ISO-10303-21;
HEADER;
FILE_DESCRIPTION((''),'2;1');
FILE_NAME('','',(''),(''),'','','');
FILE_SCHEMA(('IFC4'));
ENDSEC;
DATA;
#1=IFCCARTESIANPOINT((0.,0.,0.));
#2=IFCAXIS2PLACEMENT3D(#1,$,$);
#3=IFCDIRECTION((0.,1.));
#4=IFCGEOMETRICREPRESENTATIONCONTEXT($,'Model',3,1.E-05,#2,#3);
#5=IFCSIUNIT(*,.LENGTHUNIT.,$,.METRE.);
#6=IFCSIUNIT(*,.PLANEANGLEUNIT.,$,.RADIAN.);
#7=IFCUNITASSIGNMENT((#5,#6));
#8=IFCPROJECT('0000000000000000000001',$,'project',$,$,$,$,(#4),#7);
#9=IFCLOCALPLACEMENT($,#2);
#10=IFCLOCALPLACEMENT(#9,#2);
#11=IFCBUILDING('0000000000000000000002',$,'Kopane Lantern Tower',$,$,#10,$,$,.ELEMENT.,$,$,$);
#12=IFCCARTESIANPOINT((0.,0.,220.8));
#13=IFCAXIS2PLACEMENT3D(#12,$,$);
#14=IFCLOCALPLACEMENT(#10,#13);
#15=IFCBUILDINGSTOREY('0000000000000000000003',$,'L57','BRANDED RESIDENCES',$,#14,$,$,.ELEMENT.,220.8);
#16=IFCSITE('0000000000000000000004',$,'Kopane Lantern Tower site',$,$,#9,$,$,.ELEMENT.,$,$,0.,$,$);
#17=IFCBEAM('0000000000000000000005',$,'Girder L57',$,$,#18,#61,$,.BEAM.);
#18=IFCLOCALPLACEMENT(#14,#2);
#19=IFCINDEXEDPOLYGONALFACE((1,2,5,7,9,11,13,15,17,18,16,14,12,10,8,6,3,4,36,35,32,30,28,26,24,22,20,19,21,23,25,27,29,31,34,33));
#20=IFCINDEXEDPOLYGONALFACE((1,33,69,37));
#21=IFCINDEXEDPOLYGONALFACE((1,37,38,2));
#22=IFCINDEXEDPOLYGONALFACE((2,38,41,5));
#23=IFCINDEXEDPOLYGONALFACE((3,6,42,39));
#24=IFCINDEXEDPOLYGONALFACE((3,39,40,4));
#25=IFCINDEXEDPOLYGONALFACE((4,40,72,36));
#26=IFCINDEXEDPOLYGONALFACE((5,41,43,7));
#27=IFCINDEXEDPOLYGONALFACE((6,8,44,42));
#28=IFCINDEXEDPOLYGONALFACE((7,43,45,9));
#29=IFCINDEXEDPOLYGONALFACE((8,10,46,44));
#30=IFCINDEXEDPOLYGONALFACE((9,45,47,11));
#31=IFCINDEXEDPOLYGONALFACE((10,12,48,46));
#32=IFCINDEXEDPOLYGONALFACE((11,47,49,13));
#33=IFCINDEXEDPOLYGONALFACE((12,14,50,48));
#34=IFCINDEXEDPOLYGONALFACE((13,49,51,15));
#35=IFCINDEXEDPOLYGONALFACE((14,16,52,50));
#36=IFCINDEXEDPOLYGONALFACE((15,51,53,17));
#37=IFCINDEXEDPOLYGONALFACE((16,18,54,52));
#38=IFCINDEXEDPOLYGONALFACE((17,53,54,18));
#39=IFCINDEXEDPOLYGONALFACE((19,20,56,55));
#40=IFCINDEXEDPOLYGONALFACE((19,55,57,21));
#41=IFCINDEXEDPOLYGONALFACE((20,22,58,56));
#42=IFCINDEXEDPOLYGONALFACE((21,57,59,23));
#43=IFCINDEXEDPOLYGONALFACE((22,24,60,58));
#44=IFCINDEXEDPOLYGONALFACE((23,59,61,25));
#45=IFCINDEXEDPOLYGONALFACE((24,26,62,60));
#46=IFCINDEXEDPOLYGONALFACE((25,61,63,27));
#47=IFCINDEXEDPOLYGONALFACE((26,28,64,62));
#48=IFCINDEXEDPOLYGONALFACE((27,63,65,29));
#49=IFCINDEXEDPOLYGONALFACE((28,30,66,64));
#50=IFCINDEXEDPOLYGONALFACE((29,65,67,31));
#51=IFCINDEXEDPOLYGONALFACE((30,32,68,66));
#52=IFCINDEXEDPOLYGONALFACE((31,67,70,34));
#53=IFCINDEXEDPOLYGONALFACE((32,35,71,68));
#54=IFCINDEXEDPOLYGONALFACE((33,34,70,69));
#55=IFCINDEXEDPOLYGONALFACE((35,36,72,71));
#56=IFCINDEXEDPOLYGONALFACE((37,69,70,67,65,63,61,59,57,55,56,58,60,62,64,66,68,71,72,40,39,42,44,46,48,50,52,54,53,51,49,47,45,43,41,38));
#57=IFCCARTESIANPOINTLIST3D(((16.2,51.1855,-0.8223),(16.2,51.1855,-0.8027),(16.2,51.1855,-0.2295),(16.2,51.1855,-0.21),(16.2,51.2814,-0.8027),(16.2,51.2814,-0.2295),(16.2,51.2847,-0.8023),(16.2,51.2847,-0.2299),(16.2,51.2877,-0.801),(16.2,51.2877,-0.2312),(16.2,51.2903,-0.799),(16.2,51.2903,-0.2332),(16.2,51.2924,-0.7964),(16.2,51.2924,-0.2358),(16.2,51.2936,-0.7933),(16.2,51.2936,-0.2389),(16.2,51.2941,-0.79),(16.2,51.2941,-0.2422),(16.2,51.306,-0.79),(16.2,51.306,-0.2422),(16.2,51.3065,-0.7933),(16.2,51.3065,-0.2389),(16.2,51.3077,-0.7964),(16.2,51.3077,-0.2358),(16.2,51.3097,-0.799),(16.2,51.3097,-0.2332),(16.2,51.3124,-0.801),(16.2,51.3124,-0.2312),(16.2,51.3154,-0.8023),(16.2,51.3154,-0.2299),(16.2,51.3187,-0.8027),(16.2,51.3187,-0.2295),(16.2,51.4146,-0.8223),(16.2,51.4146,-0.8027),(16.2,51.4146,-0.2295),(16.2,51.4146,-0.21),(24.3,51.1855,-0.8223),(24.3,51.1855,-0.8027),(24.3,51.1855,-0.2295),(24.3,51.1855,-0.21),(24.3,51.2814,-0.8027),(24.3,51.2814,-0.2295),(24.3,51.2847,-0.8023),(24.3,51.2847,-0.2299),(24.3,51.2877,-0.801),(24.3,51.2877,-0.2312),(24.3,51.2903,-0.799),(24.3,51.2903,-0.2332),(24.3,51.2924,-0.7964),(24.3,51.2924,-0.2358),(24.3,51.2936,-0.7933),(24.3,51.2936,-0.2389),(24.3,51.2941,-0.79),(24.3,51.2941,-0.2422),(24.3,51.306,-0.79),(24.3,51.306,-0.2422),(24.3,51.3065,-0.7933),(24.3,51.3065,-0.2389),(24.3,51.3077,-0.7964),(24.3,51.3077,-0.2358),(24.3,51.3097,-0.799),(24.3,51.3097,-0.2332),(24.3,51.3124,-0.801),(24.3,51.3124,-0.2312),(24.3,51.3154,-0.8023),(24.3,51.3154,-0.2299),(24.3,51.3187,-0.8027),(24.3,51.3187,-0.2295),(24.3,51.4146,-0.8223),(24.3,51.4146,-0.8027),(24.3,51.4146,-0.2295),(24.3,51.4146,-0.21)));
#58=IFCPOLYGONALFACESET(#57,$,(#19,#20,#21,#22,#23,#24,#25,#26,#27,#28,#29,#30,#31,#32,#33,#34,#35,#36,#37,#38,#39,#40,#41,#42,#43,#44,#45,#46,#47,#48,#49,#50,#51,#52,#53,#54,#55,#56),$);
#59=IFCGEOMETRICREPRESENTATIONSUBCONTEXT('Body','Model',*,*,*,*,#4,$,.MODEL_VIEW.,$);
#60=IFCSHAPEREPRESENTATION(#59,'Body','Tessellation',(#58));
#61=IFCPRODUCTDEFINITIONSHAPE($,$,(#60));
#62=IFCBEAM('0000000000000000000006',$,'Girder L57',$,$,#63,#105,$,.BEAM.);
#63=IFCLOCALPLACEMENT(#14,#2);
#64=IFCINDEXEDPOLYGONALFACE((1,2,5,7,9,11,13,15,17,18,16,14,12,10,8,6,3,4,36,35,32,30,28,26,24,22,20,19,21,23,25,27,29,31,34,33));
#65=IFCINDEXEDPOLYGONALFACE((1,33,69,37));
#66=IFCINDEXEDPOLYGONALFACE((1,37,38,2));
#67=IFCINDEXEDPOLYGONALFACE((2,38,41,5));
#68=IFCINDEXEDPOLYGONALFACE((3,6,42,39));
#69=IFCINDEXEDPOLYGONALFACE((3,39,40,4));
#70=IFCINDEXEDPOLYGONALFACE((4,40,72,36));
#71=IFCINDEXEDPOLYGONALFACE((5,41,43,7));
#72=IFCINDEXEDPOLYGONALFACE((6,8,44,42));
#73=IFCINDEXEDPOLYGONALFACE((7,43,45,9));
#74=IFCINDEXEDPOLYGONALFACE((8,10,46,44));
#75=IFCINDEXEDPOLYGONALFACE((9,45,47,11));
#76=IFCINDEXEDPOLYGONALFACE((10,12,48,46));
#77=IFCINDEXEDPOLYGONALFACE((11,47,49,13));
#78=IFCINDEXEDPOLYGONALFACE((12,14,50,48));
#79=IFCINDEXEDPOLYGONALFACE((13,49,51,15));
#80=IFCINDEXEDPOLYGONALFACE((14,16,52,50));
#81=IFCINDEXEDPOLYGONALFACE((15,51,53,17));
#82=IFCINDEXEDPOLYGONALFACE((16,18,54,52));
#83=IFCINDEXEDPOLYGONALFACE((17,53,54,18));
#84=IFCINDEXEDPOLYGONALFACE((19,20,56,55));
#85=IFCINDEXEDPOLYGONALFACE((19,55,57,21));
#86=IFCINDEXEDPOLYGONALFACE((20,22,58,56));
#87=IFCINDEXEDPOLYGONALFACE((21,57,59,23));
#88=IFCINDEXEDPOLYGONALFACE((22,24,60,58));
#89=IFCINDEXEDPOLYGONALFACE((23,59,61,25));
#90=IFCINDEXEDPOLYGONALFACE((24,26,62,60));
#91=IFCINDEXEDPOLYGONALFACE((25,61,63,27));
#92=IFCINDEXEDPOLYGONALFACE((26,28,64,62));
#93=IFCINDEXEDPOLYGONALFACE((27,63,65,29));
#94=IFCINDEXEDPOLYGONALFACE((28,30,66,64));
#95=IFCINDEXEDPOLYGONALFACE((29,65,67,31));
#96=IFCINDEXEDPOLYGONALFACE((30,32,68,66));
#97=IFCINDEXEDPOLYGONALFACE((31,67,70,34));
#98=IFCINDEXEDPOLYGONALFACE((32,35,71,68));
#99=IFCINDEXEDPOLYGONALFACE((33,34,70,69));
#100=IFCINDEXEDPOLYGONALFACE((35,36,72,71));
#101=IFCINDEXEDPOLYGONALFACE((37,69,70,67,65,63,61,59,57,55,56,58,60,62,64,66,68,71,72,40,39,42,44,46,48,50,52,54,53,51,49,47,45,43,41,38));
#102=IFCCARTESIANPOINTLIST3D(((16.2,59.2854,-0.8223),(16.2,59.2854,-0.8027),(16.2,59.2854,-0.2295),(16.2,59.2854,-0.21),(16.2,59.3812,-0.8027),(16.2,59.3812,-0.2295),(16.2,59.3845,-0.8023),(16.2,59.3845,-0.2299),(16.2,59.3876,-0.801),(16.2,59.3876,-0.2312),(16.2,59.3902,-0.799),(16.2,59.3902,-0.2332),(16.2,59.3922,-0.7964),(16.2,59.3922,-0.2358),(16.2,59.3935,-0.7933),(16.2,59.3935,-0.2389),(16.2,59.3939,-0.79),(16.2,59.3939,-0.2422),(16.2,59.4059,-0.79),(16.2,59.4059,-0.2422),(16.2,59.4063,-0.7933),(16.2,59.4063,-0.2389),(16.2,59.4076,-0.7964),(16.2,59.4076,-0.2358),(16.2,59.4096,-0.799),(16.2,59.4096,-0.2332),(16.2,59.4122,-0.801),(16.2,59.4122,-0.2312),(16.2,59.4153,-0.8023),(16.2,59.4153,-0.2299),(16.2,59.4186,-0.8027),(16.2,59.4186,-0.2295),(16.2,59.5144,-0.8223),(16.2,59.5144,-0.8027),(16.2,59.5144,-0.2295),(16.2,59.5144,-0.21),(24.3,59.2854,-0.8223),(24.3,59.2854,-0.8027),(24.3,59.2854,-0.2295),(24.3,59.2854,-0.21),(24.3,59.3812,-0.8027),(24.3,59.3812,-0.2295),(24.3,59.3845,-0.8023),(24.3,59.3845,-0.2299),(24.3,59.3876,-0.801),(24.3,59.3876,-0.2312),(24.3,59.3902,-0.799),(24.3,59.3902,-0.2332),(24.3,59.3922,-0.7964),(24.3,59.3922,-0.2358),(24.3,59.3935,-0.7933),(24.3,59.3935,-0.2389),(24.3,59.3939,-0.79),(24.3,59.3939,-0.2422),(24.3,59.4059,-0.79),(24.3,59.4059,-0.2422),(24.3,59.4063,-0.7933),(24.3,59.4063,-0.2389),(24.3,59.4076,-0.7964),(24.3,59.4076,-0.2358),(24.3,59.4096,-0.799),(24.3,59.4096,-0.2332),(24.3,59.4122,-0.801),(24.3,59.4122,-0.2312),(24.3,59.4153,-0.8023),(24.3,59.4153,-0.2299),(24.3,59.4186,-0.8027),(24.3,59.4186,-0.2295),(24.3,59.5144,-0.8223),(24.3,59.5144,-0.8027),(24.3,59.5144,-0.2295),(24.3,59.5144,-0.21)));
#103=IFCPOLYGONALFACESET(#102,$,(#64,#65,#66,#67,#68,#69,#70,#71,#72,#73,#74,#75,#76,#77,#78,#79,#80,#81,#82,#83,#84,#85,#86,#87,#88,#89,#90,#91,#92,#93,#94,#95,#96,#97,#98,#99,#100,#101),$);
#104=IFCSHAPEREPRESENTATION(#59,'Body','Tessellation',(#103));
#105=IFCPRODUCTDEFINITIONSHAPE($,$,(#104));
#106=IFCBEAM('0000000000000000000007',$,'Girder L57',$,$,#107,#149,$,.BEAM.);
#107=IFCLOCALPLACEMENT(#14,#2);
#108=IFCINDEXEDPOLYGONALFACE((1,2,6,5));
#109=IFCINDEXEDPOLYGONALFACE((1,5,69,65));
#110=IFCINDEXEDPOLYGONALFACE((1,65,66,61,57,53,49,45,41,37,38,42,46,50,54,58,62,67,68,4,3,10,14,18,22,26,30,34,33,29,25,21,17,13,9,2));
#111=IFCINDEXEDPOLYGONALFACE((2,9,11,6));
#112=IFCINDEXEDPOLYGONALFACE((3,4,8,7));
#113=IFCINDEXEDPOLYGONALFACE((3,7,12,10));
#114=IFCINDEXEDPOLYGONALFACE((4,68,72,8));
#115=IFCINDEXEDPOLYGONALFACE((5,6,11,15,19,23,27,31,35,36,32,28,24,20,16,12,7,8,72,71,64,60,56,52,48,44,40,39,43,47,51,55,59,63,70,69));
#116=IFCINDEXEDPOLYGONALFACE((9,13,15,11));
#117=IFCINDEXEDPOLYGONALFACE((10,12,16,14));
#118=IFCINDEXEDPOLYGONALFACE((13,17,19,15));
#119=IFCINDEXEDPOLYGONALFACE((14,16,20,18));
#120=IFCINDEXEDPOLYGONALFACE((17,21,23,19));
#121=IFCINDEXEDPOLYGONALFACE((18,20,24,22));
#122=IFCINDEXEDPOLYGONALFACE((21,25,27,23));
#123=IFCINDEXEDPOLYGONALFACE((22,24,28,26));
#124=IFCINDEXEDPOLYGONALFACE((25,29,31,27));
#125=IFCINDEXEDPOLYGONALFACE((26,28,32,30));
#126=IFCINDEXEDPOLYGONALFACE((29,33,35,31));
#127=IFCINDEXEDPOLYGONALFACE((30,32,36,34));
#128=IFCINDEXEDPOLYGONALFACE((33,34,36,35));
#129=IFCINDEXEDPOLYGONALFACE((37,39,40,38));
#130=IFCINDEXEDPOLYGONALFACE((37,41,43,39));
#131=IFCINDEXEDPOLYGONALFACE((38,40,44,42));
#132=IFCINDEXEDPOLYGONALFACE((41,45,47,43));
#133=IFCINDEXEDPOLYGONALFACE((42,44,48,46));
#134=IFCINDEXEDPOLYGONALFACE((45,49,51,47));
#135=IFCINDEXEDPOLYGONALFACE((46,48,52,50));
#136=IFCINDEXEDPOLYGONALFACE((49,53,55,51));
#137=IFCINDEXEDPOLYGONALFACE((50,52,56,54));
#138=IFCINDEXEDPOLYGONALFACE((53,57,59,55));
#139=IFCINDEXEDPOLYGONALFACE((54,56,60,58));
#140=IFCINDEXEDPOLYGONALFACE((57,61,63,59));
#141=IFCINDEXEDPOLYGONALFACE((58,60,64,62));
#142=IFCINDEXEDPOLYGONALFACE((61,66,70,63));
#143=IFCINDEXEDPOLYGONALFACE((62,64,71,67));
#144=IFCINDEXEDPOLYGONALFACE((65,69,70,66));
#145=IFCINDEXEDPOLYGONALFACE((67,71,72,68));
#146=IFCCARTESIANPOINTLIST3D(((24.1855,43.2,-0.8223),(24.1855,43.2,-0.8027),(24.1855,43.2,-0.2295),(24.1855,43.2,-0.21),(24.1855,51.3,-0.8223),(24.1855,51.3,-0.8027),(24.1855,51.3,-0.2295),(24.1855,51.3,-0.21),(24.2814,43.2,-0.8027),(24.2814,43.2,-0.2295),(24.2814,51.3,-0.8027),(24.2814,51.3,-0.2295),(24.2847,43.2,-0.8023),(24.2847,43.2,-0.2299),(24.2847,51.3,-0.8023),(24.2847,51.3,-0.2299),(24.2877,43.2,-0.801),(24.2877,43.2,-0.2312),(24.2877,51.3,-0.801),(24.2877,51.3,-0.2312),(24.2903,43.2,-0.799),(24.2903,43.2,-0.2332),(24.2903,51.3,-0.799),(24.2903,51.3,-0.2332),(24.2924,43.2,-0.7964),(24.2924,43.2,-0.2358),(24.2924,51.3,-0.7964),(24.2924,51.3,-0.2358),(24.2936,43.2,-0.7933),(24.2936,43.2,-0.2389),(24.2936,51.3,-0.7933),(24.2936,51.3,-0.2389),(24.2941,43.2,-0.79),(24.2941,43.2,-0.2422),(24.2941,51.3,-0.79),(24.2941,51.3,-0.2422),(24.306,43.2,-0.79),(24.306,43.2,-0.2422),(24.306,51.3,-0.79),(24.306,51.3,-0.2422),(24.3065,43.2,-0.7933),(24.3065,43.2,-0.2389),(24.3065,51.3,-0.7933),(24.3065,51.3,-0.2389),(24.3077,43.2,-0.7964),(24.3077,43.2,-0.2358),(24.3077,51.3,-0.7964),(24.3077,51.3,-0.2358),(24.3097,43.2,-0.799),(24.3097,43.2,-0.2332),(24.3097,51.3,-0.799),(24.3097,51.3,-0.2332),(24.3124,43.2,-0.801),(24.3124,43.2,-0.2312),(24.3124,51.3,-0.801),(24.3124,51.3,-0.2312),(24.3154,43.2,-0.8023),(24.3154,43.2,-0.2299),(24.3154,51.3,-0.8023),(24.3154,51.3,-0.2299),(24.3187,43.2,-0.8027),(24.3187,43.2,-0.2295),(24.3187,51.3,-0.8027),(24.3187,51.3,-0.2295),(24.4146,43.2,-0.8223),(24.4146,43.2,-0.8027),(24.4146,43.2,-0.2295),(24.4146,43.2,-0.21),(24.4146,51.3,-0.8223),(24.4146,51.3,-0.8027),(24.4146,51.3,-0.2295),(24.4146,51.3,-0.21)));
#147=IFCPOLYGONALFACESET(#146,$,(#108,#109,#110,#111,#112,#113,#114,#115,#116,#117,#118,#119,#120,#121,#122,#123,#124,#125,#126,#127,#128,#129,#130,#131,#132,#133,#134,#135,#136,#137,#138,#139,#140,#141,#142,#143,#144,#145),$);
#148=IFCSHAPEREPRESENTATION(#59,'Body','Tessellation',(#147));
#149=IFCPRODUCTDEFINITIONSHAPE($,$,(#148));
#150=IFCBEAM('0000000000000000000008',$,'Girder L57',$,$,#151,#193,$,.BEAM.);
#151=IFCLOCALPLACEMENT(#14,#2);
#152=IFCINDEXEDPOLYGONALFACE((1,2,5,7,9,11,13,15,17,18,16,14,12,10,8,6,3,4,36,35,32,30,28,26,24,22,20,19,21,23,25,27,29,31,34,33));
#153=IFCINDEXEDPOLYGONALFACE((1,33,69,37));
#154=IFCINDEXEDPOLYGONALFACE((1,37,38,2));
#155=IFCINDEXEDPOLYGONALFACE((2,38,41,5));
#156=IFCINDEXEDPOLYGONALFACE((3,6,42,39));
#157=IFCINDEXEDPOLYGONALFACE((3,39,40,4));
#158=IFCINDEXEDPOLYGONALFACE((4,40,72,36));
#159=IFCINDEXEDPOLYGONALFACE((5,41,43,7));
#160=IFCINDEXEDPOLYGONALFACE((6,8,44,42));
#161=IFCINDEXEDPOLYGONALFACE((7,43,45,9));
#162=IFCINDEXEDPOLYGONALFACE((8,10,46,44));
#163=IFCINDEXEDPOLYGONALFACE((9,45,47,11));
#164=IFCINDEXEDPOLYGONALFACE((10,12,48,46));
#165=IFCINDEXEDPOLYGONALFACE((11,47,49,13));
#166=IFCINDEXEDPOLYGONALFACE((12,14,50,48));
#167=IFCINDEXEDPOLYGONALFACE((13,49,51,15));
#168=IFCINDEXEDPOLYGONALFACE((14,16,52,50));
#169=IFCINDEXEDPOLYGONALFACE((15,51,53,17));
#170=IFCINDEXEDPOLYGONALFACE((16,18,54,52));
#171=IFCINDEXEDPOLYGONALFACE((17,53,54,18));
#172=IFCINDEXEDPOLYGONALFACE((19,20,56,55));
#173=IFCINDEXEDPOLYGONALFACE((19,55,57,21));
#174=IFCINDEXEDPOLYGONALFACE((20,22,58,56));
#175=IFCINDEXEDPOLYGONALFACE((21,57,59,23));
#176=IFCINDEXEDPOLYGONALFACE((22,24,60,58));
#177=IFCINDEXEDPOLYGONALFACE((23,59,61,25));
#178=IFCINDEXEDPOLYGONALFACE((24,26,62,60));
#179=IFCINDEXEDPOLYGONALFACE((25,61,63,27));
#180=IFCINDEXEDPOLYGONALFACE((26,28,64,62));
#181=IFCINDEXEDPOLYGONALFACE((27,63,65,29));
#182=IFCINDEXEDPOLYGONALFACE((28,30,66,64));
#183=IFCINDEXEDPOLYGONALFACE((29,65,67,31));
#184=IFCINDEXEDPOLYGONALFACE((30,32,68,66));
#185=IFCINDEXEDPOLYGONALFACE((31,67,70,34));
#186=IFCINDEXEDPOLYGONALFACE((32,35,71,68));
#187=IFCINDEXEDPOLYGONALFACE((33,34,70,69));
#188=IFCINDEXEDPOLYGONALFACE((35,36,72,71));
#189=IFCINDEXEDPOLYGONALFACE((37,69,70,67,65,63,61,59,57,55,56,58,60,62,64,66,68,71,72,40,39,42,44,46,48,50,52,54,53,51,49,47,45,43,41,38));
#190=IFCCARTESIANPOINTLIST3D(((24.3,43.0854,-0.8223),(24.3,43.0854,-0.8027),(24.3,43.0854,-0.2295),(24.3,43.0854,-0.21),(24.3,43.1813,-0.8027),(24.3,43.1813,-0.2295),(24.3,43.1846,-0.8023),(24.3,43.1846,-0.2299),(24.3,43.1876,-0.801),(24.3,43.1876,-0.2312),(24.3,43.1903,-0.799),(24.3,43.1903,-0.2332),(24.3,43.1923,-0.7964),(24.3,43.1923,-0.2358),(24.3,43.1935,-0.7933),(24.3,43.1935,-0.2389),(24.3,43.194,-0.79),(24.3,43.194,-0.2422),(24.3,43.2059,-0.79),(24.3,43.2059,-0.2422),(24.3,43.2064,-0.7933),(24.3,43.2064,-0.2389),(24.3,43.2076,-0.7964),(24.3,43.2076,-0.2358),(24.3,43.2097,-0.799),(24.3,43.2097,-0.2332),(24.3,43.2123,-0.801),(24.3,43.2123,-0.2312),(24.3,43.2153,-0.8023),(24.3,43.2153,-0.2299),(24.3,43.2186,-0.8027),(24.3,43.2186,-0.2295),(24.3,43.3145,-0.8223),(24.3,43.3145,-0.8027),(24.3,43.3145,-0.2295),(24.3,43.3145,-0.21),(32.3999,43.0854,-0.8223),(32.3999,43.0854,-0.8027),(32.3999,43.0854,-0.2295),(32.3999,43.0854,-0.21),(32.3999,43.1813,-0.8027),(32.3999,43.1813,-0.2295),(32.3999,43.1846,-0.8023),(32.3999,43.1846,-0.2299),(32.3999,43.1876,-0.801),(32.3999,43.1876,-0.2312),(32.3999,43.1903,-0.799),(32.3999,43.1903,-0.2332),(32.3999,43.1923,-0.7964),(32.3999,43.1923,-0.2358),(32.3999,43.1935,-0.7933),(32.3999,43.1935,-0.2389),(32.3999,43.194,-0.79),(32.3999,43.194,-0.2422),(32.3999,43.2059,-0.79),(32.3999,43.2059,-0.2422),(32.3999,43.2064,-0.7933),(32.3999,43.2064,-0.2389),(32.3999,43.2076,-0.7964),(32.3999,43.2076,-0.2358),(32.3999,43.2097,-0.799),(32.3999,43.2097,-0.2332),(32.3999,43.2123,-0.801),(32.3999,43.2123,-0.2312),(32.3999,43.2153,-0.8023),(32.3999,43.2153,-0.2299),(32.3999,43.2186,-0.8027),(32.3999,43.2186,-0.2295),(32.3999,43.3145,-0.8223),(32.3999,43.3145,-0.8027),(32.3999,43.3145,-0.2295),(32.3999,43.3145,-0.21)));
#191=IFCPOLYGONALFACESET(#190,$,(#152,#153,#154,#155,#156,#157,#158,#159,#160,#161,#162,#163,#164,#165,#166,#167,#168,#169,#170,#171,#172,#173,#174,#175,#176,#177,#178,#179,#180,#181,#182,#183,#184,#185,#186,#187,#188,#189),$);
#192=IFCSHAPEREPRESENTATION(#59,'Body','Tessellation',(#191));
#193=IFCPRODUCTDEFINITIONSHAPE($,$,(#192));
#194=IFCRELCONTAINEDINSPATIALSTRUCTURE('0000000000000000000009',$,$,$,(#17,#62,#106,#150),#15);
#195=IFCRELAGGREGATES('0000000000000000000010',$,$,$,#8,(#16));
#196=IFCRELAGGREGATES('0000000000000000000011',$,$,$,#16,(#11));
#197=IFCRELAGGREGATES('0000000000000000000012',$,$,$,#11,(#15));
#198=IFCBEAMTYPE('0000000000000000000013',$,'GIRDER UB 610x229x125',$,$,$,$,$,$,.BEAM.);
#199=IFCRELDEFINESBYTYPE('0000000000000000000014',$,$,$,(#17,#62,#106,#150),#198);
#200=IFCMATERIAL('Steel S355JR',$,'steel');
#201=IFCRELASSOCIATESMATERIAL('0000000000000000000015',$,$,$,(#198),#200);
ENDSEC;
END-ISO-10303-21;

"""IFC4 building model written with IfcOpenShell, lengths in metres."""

from ifc_helpers import new_model, si_unit, direction, frame, origin, origin_2d, place, context, subcontext, project, spatial, i_section, extrude, material, material_profile, profile_set, type_object, element, save


model = new_model("IFC4")

# Units and contexts
model_context = context("Model", 3, precision=1e-05, world=origin(), true_north=direction((0.0, 1.0)))
body_context = subcontext(model_context, "Body", "Model", "MODEL_VIEW")
ifc_project = project(units=[si_unit("LENGTHUNIT", "METRE"), si_unit("PLANEANGLEUNIT", "RADIAN")], contexts=[model_context])

# Site, building, storey
site_placement = place(None, origin())
site = spatial("IfcSite", under=ifc_project, at=site_placement, Name="Kopane Lantern Tower site", CompositionType="ELEMENT", RefElevation=0.0)
building_placement = place(site_placement, origin())
building = spatial("IfcBuilding", under=site, at=building_placement, Name="Kopane Lantern Tower", CompositionType="ELEMENT")
storey_placement = place(building_placement, frame((0.0, 0.0, 220.8)))
storey = spatial("IfcBuildingStorey", under=building, at=storey_placement, Name="L57", Description="BRANDED RESIDENCES", CompositionType="ELEMENT", Elevation=220.8)

# Beams
ifc_material_1 = material(Name="Steel S355JR", Category="steel")
ifc_material_profile_1 = material_profile(ifc_material_1, i_section(OverallWidth=0.229, OverallDepth=0.6123, WebThickness=0.012, FlangeThickness=0.0195, FilletRadius=0.0127, at=origin_2d()), Name="UB 610x229x125")
ifc_profile_set_1 = profile_set([ifc_material_profile_1], Name="Steel S355JR")
beam_type = type_object("IfcBeamType", Name="GIRDER UB 610x229x125", PredefinedType="BEAM", material=ifc_profile_set_1)
for number, where, z_axis, x_axis, name in (
    (1, (16.2, 51.3, -0.5161), (1.0, 0.0, 0.0), (0.0, 1.0, 0.0), "Girder L57"),
    (2, (16.2, 59.3999, -0.5161), (1.0, 0.0, 0.0), (0.0, 1.0, 0.0), "Girder L57"),
    (3, (24.3, 43.2, -0.5161), (0.0, 1.0, 0.0), (-1.0, 0.0, 0.0), "Girder L57"),
):
    element("IfcBeam", number, at=place(storey_placement, frame(where, z_axis=z_axis, x_axis=x_axis)), inside=storey, type_object=beam_type, Name=name, PredefinedType="BEAM", context=body_context, shape_type="SweptSolid", body=[
        extrude(i_section(OverallWidth=0.229, OverallDepth=0.6123, WebThickness=0.012, FlangeThickness=0.0195, FilletRadius=0.0127, at=origin_2d()), origin(), (0.0, 0.0, 1.0), 8.1001),
    ])
for number, where, z_axis, x_axis, name in (
    (4, (24.3, 43.2, -0.5161), (1.0, 0.0, 0.0), (0.0, 1.0, 0.0), "Girder L57"),
):
    element("IfcBeam", number, at=place(storey_placement, frame(where, z_axis=z_axis, x_axis=x_axis)), inside=storey, type_object=beam_type, Name=name, PredefinedType="BEAM", context=body_context, shape_type="SweptSolid", body=[
        extrude(i_section(OverallWidth=0.229, OverallDepth=0.6123, WebThickness=0.012, FlangeThickness=0.0195, FilletRadius=0.0127, at=origin_2d()), origin(), (0.0, 0.0, 1.0), 8.0999),
    ])

save(model, "model.ifc")
